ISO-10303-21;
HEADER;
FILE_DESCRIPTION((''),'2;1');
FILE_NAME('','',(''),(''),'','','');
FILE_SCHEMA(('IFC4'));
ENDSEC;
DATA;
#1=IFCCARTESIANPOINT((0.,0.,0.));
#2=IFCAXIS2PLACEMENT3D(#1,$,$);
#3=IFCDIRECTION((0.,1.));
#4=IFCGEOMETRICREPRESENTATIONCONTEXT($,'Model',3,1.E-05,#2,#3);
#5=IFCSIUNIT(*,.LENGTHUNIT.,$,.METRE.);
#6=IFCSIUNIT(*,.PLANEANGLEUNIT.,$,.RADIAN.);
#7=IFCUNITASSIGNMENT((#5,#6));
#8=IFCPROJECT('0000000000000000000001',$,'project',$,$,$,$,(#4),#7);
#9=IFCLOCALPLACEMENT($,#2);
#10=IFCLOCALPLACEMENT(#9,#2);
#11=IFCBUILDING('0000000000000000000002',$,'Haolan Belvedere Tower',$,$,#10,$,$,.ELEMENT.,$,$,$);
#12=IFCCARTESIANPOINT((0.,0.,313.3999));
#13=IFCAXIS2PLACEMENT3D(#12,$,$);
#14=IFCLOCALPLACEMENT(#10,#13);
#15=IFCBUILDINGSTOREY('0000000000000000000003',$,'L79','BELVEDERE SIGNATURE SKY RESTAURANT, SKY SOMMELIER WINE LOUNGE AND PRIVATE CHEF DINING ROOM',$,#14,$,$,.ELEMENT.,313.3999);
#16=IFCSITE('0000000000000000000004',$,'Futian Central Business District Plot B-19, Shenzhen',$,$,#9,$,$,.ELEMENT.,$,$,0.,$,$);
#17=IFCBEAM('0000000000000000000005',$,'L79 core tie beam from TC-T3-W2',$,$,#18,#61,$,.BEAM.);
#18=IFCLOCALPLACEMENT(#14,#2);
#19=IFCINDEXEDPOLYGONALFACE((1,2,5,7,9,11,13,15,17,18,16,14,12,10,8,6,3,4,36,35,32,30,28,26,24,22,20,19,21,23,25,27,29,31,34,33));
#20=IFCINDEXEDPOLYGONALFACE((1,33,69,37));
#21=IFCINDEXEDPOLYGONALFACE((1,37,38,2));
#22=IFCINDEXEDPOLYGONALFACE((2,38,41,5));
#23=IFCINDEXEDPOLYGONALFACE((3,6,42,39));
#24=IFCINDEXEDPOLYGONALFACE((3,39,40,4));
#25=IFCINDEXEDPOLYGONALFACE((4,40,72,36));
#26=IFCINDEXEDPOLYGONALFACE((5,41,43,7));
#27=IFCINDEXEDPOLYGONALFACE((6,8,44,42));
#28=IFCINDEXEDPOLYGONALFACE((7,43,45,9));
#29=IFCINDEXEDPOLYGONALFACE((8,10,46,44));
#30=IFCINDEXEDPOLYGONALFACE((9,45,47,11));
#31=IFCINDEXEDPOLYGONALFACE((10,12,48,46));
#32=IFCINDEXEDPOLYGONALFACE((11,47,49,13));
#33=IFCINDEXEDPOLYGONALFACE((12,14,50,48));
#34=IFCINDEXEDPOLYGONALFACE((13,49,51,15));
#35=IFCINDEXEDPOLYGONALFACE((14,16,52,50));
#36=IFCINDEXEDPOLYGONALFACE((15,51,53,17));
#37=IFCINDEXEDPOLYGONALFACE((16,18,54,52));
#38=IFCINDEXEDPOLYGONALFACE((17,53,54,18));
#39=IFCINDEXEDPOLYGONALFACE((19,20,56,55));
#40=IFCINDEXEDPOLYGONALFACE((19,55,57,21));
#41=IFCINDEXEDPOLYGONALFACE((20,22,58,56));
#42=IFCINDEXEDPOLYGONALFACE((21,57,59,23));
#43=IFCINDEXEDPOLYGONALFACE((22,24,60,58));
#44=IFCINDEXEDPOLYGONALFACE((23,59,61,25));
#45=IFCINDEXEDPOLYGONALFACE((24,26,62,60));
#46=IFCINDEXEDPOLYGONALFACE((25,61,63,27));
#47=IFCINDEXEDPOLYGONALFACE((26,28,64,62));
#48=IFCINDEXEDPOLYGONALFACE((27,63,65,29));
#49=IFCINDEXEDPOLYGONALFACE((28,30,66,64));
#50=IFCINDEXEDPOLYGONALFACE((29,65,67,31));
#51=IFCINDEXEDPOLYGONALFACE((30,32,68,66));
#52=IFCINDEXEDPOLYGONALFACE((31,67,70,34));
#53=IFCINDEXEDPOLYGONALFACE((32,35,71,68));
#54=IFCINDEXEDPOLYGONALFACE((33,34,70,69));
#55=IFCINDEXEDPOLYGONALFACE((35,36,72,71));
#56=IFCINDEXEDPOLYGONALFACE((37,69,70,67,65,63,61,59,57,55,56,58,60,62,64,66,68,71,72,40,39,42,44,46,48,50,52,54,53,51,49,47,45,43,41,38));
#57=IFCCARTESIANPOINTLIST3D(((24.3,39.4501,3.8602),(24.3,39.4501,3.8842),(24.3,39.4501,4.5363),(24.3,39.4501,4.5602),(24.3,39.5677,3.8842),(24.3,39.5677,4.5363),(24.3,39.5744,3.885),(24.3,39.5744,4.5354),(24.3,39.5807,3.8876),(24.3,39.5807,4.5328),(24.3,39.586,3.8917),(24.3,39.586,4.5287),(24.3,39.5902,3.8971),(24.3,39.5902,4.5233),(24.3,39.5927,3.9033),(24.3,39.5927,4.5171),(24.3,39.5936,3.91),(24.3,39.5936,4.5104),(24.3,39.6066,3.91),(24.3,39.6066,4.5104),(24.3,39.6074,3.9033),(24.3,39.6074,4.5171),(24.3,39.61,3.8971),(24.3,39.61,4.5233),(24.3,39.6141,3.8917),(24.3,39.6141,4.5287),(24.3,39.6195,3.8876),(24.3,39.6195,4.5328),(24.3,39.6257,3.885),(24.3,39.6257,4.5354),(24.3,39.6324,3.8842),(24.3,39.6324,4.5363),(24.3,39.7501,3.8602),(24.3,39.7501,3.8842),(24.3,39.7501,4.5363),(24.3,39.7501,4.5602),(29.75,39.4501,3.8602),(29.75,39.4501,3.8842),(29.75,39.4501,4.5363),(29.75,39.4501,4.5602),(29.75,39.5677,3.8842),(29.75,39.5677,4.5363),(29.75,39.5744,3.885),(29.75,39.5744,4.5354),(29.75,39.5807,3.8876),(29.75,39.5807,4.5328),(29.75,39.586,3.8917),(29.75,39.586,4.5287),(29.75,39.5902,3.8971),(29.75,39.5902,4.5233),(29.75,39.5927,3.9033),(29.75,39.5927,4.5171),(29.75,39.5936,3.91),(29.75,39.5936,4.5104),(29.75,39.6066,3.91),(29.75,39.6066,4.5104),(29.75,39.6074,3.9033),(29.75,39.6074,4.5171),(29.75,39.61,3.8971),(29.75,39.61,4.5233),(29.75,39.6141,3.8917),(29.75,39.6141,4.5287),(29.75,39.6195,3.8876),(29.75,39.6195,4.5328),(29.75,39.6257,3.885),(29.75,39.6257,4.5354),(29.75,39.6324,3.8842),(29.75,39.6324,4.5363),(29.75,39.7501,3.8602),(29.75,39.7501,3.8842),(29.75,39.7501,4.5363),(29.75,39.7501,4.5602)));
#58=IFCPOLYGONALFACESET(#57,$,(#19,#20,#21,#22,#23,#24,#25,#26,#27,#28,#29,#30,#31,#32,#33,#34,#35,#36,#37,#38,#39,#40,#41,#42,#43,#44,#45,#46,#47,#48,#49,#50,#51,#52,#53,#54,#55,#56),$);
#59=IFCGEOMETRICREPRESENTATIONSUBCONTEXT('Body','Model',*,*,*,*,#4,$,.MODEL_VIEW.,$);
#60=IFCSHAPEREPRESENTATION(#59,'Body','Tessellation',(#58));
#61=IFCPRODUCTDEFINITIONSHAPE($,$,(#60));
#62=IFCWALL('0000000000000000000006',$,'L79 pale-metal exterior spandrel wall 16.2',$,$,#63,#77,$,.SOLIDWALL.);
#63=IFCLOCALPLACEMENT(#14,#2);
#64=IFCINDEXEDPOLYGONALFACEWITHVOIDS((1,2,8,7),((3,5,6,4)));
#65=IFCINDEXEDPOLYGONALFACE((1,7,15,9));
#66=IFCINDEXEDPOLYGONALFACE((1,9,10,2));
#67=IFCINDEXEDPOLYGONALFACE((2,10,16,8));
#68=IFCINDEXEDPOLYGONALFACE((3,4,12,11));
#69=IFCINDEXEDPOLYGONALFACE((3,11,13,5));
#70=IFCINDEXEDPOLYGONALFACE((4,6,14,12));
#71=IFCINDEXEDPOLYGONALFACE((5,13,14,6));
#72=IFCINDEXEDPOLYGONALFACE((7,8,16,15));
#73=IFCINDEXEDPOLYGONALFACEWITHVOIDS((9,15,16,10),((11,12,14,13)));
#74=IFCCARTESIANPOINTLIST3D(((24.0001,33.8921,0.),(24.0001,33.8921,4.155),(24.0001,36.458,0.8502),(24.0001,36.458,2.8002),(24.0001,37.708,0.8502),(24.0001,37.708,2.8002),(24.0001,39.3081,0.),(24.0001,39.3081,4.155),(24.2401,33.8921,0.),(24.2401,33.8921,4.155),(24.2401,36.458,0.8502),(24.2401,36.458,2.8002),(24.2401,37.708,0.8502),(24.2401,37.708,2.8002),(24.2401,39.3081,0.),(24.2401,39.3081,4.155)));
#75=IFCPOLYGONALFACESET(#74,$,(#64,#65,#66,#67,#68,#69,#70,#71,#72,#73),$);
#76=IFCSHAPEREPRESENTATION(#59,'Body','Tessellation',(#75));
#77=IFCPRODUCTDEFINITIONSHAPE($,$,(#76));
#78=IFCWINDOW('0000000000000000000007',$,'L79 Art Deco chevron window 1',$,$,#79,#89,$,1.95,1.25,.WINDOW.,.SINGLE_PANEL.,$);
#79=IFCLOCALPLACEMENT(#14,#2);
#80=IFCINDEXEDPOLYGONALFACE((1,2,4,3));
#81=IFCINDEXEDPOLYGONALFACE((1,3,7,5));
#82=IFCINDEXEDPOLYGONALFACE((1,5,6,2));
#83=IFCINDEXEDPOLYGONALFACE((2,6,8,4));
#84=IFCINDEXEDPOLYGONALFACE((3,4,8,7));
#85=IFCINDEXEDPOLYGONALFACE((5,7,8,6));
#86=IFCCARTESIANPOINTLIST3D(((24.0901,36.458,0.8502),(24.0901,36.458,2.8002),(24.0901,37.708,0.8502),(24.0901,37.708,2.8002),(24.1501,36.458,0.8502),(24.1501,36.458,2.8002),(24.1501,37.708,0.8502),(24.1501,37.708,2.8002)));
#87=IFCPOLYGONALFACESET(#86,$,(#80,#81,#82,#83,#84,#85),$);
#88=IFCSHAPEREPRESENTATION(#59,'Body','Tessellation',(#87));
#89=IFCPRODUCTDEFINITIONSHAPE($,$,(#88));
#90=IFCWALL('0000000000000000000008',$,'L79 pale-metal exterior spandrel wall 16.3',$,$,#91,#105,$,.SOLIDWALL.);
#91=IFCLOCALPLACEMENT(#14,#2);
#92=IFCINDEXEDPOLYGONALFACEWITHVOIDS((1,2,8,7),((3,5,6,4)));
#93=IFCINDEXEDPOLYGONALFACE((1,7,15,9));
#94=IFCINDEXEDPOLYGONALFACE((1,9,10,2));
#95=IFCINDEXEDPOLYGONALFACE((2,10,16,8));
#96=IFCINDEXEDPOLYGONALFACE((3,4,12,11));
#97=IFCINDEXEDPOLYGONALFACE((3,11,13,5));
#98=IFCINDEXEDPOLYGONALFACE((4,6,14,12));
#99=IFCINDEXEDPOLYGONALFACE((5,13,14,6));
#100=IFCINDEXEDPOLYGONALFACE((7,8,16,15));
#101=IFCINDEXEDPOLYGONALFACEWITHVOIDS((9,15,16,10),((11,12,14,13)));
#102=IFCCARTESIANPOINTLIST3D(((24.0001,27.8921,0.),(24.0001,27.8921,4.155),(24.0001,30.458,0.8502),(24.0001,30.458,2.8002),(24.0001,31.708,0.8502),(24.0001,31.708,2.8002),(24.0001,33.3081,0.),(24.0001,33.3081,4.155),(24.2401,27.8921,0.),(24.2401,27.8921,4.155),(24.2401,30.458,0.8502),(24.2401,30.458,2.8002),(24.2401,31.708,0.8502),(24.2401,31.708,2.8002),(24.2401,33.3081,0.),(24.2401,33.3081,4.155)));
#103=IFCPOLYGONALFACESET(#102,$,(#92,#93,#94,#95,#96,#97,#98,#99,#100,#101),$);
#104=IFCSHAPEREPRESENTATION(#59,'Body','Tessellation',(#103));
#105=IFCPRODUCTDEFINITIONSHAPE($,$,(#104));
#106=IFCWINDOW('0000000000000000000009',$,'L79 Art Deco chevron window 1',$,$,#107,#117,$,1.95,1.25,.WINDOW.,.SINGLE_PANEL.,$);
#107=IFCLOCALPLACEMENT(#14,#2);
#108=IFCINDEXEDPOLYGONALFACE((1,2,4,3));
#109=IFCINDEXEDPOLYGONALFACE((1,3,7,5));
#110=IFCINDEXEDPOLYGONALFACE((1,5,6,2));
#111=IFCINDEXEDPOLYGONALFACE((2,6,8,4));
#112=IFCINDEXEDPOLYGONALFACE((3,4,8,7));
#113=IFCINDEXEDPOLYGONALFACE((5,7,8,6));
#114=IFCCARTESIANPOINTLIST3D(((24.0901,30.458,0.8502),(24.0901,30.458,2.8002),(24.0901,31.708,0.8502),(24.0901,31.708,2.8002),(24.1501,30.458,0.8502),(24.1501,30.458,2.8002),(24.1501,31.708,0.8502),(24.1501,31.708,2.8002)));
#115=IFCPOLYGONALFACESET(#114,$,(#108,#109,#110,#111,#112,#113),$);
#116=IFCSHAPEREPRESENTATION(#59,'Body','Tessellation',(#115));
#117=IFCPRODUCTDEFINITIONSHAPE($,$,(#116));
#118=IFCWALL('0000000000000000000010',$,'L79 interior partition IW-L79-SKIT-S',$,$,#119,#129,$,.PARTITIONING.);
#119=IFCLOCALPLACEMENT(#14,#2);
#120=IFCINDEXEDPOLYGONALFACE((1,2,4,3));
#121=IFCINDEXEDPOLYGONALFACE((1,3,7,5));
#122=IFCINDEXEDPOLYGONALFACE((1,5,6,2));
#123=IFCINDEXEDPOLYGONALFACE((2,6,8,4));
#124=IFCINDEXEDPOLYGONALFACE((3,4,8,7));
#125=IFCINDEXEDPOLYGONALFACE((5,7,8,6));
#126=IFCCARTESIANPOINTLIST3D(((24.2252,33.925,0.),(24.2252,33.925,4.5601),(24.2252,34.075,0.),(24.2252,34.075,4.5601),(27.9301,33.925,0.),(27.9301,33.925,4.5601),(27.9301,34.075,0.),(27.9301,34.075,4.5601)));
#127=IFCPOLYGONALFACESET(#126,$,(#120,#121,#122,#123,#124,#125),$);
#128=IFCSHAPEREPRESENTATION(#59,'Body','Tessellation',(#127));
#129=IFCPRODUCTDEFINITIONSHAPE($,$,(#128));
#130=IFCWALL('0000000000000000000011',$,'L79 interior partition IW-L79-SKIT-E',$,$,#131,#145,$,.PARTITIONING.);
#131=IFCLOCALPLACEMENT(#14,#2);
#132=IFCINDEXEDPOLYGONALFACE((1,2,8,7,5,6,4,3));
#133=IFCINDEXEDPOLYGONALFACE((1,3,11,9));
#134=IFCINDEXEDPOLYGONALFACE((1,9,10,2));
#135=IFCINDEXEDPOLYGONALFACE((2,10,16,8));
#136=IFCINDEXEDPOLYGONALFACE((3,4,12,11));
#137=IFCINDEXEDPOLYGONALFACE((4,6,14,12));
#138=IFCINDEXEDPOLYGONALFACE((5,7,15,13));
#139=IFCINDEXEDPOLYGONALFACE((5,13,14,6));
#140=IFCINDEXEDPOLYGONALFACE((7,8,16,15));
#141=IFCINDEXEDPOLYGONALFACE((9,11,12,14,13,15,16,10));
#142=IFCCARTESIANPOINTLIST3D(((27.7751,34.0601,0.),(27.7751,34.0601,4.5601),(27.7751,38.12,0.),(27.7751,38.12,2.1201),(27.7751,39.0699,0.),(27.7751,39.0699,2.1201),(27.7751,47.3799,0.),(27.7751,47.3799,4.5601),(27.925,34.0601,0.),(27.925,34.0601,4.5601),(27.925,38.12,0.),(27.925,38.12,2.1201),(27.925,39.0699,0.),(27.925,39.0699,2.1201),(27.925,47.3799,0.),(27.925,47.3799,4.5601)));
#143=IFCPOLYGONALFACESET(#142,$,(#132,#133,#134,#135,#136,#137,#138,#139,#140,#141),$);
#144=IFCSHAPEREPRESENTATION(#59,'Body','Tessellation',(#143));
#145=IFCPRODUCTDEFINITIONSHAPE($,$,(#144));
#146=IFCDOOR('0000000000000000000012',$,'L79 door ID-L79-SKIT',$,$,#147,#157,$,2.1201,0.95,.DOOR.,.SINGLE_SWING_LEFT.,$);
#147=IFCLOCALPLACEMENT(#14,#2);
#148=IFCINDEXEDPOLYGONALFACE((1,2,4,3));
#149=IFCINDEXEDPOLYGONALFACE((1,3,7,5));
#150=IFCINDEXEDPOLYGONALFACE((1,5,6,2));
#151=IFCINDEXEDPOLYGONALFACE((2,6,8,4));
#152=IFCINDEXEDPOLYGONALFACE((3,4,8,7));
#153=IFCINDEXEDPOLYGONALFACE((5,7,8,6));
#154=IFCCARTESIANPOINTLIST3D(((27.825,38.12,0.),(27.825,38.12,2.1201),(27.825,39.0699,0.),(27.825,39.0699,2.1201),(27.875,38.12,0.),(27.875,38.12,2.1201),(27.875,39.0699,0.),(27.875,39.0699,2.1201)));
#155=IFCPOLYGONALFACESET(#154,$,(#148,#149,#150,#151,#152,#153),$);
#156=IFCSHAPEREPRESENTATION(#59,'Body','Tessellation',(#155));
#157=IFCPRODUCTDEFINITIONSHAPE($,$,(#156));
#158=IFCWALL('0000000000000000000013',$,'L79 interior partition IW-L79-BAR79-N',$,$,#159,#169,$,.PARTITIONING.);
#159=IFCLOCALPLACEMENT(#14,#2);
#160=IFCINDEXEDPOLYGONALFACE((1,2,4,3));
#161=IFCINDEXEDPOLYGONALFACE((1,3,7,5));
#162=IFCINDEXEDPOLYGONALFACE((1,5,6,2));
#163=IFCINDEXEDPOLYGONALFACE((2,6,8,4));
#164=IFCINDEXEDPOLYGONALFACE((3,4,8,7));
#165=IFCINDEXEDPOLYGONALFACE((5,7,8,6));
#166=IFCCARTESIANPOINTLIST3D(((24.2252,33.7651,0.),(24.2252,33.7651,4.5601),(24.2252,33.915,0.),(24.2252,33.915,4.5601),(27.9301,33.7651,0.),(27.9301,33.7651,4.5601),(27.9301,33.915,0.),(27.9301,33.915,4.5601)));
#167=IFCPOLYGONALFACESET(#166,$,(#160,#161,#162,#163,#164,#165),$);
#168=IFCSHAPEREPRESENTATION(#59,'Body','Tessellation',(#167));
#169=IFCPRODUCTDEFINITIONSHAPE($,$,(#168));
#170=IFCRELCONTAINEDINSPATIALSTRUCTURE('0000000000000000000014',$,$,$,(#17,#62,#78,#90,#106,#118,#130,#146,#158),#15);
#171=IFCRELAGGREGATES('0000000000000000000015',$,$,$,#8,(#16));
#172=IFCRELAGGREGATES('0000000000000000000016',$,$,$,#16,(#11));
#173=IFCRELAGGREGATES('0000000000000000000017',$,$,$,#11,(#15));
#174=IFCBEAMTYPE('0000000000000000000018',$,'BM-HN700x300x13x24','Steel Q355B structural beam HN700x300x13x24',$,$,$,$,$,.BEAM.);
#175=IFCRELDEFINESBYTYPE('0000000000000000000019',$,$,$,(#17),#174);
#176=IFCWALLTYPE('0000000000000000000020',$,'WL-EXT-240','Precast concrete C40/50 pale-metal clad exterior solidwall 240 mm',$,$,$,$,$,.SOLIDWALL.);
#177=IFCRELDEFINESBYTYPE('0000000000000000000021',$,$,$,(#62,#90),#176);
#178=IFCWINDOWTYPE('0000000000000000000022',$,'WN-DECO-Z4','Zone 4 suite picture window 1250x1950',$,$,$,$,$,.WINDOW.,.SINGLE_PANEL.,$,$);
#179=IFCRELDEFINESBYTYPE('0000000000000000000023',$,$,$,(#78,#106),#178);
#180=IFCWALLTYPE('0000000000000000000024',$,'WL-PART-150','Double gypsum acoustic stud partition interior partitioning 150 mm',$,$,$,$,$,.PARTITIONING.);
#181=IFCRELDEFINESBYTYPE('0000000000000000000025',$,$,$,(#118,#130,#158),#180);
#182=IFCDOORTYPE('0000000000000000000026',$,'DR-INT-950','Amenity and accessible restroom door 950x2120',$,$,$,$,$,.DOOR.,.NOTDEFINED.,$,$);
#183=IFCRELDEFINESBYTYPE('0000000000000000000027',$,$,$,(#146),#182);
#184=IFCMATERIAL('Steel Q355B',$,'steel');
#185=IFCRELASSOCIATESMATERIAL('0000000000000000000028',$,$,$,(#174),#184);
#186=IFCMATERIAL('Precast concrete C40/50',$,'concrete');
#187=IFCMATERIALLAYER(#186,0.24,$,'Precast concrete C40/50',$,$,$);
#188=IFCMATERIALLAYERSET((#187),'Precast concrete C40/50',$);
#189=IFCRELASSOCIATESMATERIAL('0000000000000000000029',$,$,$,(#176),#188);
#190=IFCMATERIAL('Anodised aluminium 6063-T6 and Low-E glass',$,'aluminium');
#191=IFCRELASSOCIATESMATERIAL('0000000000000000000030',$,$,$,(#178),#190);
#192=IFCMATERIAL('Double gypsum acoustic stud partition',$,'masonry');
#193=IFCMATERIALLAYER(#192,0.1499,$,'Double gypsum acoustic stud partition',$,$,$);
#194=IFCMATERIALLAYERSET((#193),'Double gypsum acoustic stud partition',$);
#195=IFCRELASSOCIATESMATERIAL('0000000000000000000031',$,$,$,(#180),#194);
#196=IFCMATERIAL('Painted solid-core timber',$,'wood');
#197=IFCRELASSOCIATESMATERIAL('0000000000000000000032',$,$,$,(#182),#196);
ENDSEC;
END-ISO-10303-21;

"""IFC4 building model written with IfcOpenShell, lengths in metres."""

from ifc_helpers import new_model, si_unit, direction, frame, frame_2d, origin, origin_2d, place, context, subcontext, project, spatial, rectangle, i_section, extrude, material, layer, layer_set, material_profile, profile_set, type_object, element, fill, save


model = new_model("IFC4")

# Units and contexts
model_context = context("Model", 3, precision=1e-05, world=origin(), true_north=direction((0.0, 1.0)))
body_context = subcontext(model_context, "Body", "Model", "MODEL_VIEW")
ifc_project = project(units=[si_unit("LENGTHUNIT", "METRE"), si_unit("PLANEANGLEUNIT", "RADIAN")], contexts=[model_context])

# Site, building, storey
site_placement = place(None, origin())
site = spatial("IfcSite", under=ifc_project, at=site_placement, Name="Futian Central Business District Plot B-19, Shenzhen", CompositionType="ELEMENT", RefElevation=0.0)
building_placement = place(site_placement, origin())
building = spatial("IfcBuilding", under=site, at=building_placement, Name="Haolan Belvedere Tower", CompositionType="ELEMENT")
storey_placement = place(building_placement, frame((0.0, 0.0, 313.3999)))
storey = spatial("IfcBuildingStorey", under=building, at=storey_placement, Name="L79", Description="BELVEDERE SIGNATURE SKY RESTAURANT, SKY SOMMELIER WINE LOUNGE AND PRIVATE CHEF DINING ROOM", CompositionType="ELEMENT", Elevation=313.3999)

# Beam
ifc_material_1 = material(Name="Steel Q355B", Category="steel")
ifc_material_profile_1 = material_profile(ifc_material_1, i_section(OverallWidth=0.3, OverallDepth=0.7, WebThickness=0.0129, FlangeThickness=0.0239, FilletRadius=0.0259, at=origin_2d()), Name="Steel Q355B")
ifc_profile_set_1 = profile_set([ifc_material_profile_1], Name="Steel Q355B")
beam_type_1 = type_object("IfcBeamType", Name="BM-HN700x300x13x24", Description="Steel Q355B structural beam HN700x300x13x24", PredefinedType="BEAM", material=ifc_profile_set_1)
for number, where, z_axis, x_axis, name in (
    (1, (24.3, 39.6001, 4.2102), (1.0, 0.0, 0.0), (0.0, 1.0, 0.0), "L79 core tie beam from TC-T3-W2"),
):
    element("IfcBeam", number, at=place(storey_placement, frame(where, z_axis=z_axis, x_axis=x_axis)), inside=storey, type_object=beam_type_1, Name=name, PredefinedType="BEAM", context=body_context, shape_type="SweptSolid", body=[
        extrude(i_section(OverallWidth=0.3, OverallDepth=0.7, WebThickness=0.0129, FlangeThickness=0.0239, FilletRadius=0.0259, at=origin_2d()), origin(), (0.0, 0.0, 1.0), 5.45),
    ])

# Walls, openings, windows
ifc_material_2 = material(Name="Precast concrete C40/50", Category="concrete")
ifc_layer_1 = layer(ifc_material_2, 0.24, Name="Precast concrete C40/50")
ifc_layer_set_1 = layer_set([ifc_layer_1], Name="Precast concrete C40/50")
wall_type_1 = type_object("IfcWallType", Name="WL-EXT-240", Description="Precast concrete C40/50 pale-metal clad exterior solidwall 240 mm", PredefinedType="SOLIDWALL", material=ifc_layer_set_1)
wall_1_placement = place(storey_placement, frame((24.1201, 39.3081, 0.0), z_axis=(0.0, 0.0, 1.0), x_axis=(0.0, -1.0, 0.0)))
wall_1 = element("IfcWall", 2, at=wall_1_placement, inside=storey, type_object=wall_type_1, Name="L79 pale-metal exterior spandrel wall 16.2", PredefinedType="SOLIDWALL", context=body_context, shape_type="SweptSolid", body=[
    extrude(rectangle(XDim=5.416, YDim=0.24, at=frame_2d((2.708, 0.0))), origin(), (0.0, 0.0, 1.0), 4.155),
])
opening_1_placement = place(wall_1_placement, frame((1.6001, 0.0, 0.8501)))
opening_1 = element("IfcOpeningElement", 3, at=opening_1_placement, cuts=wall_1, PredefinedType="OPENING", context=body_context, shape_type="SweptSolid", body=[
    extrude(rectangle(XDim=1.25, YDim=1.95, at=frame_2d((0.625, 0.9751))), frame((0.0, 0.1299, 0.0), z_axis=(0.0, -1.0, 0.0), x_axis=(1.0, 0.0, 0.0)), (0.0, 0.0, 1.0), 0.26),
])
ifc_material_3 = material(Name="Anodised aluminium 6063-T6 and Low-E glass", Category="aluminium")
window_type = type_object("IfcWindowType", Name="WN-DECO-Z4", Description="Zone 4 suite picture window 1250x1950", PartitioningType="SINGLE_PANEL", PredefinedType="WINDOW", material=ifc_material_3)
window_1_placement = place(opening_1_placement, origin())
window_1 = element("IfcWindow", 4, at=window_1_placement, inside=storey, type_object=window_type, Name="L79 Art Deco chevron window 1", OverallHeight=1.95, OverallWidth=1.25, PartitioningType="SINGLE_PANEL", PredefinedType="WINDOW", context=body_context, shape_type="SweptSolid", body=[
    extrude(rectangle(XDim=1.25, YDim=1.95, at=frame_2d((0.625, 0.9751))), frame((0.0, 0.03, 0.0), z_axis=(0.0, -1.0, 0.0), x_axis=(1.0, 0.0, 0.0)), (0.0, 0.0, 1.0), 0.0601),
])
fill(opening_1, window_1)
wall_2_placement = place(storey_placement, frame((24.1201, 33.3081, 0.0), z_axis=(0.0, 0.0, 1.0), x_axis=(0.0, -1.0, 0.0)))
wall_2 = element("IfcWall", 5, at=wall_2_placement, inside=storey, type_object=wall_type_1, Name="L79 pale-metal exterior spandrel wall 16.3", PredefinedType="SOLIDWALL", context=body_context, shape_type="SweptSolid", body=[
    extrude(rectangle(XDim=5.416, YDim=0.24, at=frame_2d((2.708, 0.0))), origin(), (0.0, 0.0, 1.0), 4.155),
])
opening_2_placement = place(wall_2_placement, frame((1.6001, 0.0, 0.8501)))
opening_2 = element("IfcOpeningElement", 6, at=opening_2_placement, cuts=wall_2, PredefinedType="OPENING", context=body_context, shape_type="SweptSolid", body=[
    extrude(rectangle(XDim=1.25, YDim=1.95, at=frame_2d((0.625, 0.9751))), frame((0.0, 0.1299, 0.0), z_axis=(0.0, -1.0, 0.0), x_axis=(1.0, 0.0, 0.0)), (0.0, 0.0, 1.0), 0.26),
])
window_2_placement = place(opening_2_placement, origin())
window_2 = element("IfcWindow", 7, at=window_2_placement, inside=storey, type_object=window_type, Name="L79 Art Deco chevron window 1", OverallHeight=1.95, OverallWidth=1.25, PartitioningType="SINGLE_PANEL", PredefinedType="WINDOW", context=body_context, shape_type="SweptSolid", body=[
    extrude(rectangle(XDim=1.25, YDim=1.95, at=frame_2d((0.625, 0.9751))), frame((0.0, 0.03, 0.0), z_axis=(0.0, -1.0, 0.0), x_axis=(1.0, 0.0, 0.0)), (0.0, 0.0, 1.0), 0.0601),
])
fill(opening_2, window_2)

# Wall
ifc_material_4 = material(Name="Double gypsum acoustic stud partition", Category="masonry")
ifc_layer_2 = layer(ifc_material_4, 0.1499, Name="Double gypsum acoustic stud partition")
ifc_layer_set_2 = layer_set([ifc_layer_2], Name="Double gypsum acoustic stud partition")
wall_type_2 = type_object("IfcWallType", Name="WL-PART-150", Description="Double gypsum acoustic stud partition interior partitioning 150 mm", PredefinedType="PARTITIONING", material=ifc_layer_set_2)
wall_3_placement = place(storey_placement, frame((24.2251, 34.0, 0.0), z_axis=(0.0, 0.0, 1.0), x_axis=(1.0, 0.0, 0.0)))
element("IfcWall", 8, at=wall_3_placement, inside=storey, type_object=wall_type_2, Name="L79 interior partition IW-L79-SKIT-S", PredefinedType="PARTITIONING", context=body_context, shape_type="SweptSolid", body=[
    extrude(rectangle(XDim=3.7048, YDim=0.1499, at=frame_2d((1.8525, 0.0))), origin(), (0.0, 0.0, 1.0), 4.5601),
])

# Wall, opening, door
wall_4_placement = place(storey_placement, frame((27.8501, 34.0601, 0.0), z_axis=(0.0, 0.0, 1.0), x_axis=(0.0, 1.0, 0.0)))
wall_4 = element("IfcWall", 9, at=wall_4_placement, inside=storey, type_object=wall_type_2, Name="L79 interior partition IW-L79-SKIT-E", PredefinedType="PARTITIONING", context=body_context, shape_type="SweptSolid", body=[
    extrude(rectangle(XDim=13.3198, YDim=0.1499, at=frame_2d((6.6599, 0.0))), origin(), (0.0, 0.0, 1.0), 4.5601),
])
opening_3_placement = place(wall_4_placement, frame((5.01, 0.0, 0.0), z_axis=(0.0, 0.0, 1.0), x_axis=(-1.0, 0.0, 0.0)))
opening_3 = element("IfcOpeningElement", 10, at=opening_3_placement, cuts=wall_4, PredefinedType="OPENING", context=body_context, shape_type="SweptSolid", body=[
    extrude(rectangle(XDim=0.95, YDim=2.1201, at=frame_2d((0.4751, 1.0601))), frame((0.0, 0.085, 0.0), z_axis=(0.0, -1.0, 0.0), x_axis=(1.0, 0.0, 0.0)), (0.0, 0.0, 1.0), 0.1699),
])
ifc_material_5 = material(Name="Painted solid-core timber", Category="wood")
door_type_1 = type_object("IfcDoorType", Name="DR-INT-950", Description="Amenity and accessible restroom door 950x2120", OperationType="NOTDEFINED", PredefinedType="DOOR", material=ifc_material_5)
door_1_placement = place(opening_3_placement, origin())
door_1 = element("IfcDoor", 11, at=door_1_placement, inside=storey, type_object=door_type_1, Name="L79 door ID-L79-SKIT", OperationType="SINGLE_SWING_LEFT", OverallHeight=2.1201, OverallWidth=0.95, PredefinedType="DOOR", context=body_context, shape_type="SweptSolid", body=[
    extrude(rectangle(XDim=0.95, YDim=2.1201, at=frame_2d((0.4751, 1.0601))), frame((0.0, 0.0249, 0.0), z_axis=(0.0, -1.0, 0.0), x_axis=(1.0, 0.0, 0.0)), (0.0, 0.0, 1.0), 0.05),
])
fill(opening_3, door_1)

# Wall
wall_5_placement = place(storey_placement, frame((24.2251, 33.8401, 0.0), z_axis=(0.0, 0.0, 1.0), x_axis=(1.0, 0.0, 0.0)))
element("IfcWall", 12, at=wall_5_placement, inside=storey, type_object=wall_type_2, Name="L79 interior partition IW-L79-BAR79-N", PredefinedType="PARTITIONING", context=body_context, shape_type="SweptSolid", body=[
    extrude(rectangle(XDim=3.7048, YDim=0.1499, at=frame_2d((1.8525, 0.0))), origin(), (0.0, 0.0, 1.0), 4.5601),
])

save(model, "model.ifc")
